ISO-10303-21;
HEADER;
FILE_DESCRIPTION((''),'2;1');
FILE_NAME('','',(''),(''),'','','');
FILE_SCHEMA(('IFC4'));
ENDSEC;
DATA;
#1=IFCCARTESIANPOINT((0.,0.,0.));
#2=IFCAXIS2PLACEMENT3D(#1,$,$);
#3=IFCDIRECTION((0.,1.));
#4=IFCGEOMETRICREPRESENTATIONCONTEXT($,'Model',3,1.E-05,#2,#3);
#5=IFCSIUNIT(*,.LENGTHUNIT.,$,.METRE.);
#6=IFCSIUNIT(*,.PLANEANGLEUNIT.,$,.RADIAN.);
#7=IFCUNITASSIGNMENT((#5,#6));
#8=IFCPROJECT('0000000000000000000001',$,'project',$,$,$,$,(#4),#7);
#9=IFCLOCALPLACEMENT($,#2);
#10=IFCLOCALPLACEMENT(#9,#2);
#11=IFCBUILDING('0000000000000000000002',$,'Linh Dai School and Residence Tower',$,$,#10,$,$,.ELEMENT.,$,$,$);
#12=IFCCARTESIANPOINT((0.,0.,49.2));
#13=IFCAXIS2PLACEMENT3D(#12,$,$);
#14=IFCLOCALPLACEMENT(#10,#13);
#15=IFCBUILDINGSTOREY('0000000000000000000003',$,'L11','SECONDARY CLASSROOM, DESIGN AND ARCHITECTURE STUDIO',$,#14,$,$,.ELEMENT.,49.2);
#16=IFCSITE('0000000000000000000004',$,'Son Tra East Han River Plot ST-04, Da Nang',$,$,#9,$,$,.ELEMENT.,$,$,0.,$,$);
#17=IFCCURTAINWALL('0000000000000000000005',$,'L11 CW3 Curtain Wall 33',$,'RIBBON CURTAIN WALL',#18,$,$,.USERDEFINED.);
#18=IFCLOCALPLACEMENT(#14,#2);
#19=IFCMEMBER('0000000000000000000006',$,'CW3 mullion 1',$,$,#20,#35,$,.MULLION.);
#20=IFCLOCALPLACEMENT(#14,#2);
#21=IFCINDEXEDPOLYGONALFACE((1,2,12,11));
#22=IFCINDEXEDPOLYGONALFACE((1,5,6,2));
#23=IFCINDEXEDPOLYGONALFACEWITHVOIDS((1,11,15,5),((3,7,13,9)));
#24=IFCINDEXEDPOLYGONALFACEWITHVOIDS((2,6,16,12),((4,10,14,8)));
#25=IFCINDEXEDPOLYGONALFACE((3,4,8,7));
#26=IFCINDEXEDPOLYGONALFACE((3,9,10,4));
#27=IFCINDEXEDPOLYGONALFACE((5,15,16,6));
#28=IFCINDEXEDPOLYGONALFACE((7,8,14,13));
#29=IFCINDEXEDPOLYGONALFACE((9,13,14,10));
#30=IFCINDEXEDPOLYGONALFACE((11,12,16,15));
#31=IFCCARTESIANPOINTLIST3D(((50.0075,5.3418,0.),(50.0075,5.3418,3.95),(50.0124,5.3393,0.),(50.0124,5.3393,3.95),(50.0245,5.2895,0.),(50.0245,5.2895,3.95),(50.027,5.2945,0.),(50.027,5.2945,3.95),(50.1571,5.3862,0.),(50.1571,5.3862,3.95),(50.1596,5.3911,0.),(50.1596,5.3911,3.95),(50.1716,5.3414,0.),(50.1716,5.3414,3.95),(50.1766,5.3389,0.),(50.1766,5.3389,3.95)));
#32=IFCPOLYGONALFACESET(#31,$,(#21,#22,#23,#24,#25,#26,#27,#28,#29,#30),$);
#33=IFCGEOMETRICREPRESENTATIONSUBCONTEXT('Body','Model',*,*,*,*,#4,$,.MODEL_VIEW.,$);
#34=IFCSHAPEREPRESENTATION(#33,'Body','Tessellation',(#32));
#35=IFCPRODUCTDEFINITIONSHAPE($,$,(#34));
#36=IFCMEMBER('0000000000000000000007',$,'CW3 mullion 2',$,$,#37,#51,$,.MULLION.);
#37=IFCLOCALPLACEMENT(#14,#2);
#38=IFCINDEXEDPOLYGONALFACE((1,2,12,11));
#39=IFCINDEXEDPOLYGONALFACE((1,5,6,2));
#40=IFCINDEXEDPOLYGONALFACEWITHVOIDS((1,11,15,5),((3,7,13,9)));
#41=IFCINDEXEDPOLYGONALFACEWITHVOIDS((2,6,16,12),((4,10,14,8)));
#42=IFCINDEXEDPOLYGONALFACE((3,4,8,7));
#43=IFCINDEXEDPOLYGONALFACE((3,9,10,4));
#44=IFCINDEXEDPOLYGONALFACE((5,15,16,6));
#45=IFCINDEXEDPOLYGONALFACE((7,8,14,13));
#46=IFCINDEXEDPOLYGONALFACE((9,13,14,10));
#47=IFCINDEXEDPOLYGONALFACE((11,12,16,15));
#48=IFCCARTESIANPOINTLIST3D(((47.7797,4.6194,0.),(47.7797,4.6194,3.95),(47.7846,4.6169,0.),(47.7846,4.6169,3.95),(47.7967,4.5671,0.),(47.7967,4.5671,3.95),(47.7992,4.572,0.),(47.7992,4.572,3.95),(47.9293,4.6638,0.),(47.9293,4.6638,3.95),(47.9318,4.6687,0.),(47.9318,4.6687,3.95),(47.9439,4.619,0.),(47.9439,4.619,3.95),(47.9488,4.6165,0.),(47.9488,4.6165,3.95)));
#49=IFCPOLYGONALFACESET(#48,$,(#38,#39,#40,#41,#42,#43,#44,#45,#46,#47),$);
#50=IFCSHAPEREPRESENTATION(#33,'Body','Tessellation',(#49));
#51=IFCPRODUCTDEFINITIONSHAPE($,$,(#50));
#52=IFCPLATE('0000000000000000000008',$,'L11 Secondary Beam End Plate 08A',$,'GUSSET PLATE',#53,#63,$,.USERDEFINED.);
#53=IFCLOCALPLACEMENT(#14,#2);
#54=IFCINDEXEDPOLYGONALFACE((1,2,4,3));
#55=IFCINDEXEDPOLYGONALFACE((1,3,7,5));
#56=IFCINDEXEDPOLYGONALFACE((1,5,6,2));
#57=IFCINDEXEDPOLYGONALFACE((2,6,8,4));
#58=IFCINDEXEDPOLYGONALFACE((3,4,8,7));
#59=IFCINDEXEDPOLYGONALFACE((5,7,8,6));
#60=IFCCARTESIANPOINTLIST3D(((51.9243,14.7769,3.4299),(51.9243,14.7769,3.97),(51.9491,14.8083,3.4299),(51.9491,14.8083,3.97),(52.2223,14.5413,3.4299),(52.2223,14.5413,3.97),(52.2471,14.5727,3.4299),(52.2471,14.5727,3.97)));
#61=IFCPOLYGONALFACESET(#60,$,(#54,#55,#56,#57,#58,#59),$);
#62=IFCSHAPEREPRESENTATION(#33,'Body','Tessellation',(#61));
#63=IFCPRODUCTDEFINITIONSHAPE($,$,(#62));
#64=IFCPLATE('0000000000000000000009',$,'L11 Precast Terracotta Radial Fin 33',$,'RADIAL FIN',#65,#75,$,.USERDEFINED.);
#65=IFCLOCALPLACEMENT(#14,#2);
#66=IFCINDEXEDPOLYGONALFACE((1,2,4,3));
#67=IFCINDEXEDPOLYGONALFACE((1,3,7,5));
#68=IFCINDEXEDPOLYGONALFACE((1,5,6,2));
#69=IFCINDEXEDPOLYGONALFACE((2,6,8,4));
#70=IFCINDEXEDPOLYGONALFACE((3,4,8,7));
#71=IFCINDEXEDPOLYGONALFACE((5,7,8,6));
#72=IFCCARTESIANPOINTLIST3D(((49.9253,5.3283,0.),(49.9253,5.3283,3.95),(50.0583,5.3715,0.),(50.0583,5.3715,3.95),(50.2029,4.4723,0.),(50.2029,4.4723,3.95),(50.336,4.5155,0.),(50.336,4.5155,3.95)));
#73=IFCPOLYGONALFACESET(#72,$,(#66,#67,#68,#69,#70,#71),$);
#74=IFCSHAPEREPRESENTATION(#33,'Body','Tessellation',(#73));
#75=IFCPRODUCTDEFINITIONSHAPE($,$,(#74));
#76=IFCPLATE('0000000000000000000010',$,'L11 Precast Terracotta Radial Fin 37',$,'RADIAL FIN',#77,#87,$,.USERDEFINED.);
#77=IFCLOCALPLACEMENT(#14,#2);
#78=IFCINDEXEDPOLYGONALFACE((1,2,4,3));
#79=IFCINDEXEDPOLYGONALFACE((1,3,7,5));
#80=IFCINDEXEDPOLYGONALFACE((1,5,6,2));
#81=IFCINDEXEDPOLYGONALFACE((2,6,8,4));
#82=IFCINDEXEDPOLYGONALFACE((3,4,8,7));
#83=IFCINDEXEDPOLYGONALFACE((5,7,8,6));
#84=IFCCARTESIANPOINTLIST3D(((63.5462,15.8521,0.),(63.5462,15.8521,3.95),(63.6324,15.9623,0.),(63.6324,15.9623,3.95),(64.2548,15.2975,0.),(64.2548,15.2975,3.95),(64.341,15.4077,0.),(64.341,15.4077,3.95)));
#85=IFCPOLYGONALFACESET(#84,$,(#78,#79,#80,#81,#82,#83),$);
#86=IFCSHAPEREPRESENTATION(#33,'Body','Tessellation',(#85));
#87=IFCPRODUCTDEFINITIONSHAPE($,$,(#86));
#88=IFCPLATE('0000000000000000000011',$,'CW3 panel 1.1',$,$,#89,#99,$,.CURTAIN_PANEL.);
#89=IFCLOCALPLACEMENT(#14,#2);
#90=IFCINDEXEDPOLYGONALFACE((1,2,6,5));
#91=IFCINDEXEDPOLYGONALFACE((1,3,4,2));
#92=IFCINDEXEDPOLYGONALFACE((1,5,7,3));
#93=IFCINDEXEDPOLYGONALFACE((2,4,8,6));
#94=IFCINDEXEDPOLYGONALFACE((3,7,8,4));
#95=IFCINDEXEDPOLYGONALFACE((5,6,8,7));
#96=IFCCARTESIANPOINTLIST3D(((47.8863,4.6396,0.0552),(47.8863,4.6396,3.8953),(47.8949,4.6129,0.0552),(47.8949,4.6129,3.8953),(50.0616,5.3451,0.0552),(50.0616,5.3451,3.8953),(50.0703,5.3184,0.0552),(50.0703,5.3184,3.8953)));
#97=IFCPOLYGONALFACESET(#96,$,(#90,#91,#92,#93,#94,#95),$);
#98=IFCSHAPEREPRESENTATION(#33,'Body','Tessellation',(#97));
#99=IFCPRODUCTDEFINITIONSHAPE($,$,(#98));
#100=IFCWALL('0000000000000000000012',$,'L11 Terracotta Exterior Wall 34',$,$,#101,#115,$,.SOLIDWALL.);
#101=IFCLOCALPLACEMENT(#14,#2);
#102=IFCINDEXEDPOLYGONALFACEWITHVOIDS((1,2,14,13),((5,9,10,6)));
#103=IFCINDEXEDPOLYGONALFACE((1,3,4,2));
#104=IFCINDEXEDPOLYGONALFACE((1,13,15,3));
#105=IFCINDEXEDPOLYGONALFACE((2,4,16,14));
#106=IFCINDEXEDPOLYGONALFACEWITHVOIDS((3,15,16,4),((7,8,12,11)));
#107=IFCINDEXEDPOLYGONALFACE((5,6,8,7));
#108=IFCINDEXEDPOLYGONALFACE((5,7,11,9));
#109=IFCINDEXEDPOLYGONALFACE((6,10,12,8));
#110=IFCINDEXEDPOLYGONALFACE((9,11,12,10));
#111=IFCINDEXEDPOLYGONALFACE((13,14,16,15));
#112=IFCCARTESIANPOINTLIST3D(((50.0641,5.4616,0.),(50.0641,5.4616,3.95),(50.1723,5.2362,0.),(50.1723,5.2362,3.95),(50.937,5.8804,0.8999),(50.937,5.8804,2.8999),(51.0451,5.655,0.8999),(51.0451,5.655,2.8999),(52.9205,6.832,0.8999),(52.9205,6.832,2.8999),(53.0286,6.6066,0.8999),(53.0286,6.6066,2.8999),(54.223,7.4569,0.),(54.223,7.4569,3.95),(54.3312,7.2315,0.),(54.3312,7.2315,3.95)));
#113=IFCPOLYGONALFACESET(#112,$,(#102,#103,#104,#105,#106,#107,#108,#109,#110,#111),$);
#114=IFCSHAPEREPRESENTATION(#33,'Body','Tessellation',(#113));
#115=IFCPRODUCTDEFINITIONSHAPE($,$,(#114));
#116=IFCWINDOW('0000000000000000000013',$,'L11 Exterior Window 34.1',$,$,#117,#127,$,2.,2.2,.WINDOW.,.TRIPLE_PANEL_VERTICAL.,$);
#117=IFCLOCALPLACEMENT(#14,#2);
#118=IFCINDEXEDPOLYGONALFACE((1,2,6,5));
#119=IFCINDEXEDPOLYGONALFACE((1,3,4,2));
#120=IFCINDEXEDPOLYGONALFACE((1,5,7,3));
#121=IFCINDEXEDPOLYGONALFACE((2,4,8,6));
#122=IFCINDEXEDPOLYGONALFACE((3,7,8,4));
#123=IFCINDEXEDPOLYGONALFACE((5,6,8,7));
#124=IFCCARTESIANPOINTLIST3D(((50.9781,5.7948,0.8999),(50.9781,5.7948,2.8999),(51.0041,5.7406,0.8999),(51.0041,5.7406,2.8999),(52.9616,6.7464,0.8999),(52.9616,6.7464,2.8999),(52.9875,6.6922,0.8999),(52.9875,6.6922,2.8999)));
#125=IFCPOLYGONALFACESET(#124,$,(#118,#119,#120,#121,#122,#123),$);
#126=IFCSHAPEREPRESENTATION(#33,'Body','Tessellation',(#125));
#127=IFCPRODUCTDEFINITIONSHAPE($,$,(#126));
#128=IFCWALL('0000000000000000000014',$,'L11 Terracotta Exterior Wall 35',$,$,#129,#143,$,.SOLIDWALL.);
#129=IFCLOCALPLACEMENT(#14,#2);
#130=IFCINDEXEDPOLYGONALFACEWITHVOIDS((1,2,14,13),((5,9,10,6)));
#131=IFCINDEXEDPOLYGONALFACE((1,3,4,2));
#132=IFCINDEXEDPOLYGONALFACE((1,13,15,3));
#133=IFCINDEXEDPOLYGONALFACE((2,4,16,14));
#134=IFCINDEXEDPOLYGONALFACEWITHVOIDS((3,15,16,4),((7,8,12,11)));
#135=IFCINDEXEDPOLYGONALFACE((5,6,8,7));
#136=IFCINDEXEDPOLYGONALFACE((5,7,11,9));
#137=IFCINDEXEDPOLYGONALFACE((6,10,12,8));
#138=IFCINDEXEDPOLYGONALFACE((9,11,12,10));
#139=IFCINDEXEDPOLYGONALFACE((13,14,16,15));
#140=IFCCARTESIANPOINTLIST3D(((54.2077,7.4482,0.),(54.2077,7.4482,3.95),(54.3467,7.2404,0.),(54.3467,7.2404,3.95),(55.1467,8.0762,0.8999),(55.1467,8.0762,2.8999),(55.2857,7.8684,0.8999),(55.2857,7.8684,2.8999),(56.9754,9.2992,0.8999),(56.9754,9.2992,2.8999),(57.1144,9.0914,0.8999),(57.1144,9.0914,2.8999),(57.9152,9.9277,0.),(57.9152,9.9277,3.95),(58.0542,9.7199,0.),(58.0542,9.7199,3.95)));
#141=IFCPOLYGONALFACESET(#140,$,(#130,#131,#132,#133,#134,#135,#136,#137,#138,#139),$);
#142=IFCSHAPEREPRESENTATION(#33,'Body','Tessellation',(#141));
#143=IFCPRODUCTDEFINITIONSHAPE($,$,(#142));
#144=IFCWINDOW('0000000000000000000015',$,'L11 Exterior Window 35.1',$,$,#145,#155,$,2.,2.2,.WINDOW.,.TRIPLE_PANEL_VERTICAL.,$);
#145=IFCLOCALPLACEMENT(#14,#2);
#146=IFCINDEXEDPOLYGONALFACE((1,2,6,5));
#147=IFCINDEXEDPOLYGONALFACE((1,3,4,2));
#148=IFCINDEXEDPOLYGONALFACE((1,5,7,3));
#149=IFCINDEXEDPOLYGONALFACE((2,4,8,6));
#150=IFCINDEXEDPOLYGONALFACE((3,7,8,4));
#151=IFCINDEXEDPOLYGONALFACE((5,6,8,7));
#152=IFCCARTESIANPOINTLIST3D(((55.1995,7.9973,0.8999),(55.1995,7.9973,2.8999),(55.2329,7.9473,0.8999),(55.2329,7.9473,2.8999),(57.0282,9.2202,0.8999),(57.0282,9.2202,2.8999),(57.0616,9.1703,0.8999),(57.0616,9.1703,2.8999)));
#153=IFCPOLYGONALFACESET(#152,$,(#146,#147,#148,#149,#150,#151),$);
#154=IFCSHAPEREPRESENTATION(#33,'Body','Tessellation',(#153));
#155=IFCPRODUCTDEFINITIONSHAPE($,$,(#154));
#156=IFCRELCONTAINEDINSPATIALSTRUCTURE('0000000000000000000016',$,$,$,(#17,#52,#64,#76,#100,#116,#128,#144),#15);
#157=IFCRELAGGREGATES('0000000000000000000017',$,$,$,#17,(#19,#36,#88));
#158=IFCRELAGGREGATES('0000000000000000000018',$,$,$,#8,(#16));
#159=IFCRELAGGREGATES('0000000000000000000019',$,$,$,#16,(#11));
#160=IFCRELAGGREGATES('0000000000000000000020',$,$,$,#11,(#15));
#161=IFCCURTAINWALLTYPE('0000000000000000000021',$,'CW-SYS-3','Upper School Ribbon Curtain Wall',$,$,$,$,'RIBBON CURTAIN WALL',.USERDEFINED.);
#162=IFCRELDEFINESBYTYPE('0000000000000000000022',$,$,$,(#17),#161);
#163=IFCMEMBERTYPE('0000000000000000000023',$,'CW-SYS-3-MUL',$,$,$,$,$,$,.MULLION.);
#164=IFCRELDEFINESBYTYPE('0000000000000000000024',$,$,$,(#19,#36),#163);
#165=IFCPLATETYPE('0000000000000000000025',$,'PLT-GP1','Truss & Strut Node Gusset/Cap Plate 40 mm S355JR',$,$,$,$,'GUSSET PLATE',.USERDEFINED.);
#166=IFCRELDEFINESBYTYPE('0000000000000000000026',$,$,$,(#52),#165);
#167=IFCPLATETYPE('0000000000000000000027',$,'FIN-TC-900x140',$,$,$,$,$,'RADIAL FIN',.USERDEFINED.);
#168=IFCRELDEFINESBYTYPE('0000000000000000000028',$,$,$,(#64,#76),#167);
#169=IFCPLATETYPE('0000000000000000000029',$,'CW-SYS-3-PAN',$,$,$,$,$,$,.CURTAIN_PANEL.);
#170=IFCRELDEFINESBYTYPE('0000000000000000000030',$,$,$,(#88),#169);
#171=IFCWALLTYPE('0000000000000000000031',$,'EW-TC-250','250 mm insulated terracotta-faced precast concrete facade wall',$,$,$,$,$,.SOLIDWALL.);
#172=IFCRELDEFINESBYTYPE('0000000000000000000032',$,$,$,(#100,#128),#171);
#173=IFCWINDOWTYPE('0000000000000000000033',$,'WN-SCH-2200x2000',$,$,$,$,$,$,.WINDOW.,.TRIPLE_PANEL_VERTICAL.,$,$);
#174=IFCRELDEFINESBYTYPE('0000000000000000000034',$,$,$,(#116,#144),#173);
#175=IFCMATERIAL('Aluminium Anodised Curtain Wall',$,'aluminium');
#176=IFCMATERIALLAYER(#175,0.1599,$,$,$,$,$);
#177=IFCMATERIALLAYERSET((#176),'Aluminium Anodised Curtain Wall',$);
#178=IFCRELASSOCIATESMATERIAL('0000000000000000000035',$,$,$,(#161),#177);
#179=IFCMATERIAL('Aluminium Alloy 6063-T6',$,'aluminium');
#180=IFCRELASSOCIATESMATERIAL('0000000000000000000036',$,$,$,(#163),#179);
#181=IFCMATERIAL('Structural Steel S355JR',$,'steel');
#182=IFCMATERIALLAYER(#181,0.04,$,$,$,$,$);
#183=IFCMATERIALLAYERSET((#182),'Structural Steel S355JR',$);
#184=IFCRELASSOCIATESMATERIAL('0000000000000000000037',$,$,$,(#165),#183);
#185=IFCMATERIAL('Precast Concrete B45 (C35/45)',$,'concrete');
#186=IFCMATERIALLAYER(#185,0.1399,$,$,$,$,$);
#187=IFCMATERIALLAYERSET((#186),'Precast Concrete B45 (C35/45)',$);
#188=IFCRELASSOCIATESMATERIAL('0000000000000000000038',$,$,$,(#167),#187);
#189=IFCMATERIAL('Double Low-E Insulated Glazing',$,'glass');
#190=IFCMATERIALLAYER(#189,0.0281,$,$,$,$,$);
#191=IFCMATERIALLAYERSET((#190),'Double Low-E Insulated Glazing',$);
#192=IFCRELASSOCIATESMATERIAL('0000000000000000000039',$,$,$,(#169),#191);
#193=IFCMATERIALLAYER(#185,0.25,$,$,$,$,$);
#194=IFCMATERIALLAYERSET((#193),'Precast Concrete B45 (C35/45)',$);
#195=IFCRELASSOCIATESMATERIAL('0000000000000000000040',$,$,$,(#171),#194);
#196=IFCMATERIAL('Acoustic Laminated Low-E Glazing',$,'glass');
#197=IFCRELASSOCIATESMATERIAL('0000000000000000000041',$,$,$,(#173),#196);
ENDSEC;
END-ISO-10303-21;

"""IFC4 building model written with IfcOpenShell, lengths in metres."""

from ifc_helpers import new_model, si_unit, direction, frame, frame_2d, origin, origin_2d, place, context, subcontext, project, spatial, rectangle, hollow_rectangle, extrude, source, transform, mapped, material, layer, layer_set, material_profile, profile_set, type_object, element, fill, aggregate, save


model = new_model("IFC4")

# Units and contexts
model_context = context("Model", 3, precision=1e-05, world=origin(), true_north=direction((0.0, 1.0)))
body_context = subcontext(model_context, "Body", "Model", "MODEL_VIEW")
ifc_project = project(units=[si_unit("LENGTHUNIT", "METRE"), si_unit("PLANEANGLEUNIT", "RADIAN")], contexts=[model_context])

# Site, building, storey
site_placement = place(None, origin())
site = spatial("IfcSite", under=ifc_project, at=site_placement, Name="Son Tra East Han River Plot ST-04, Da Nang", CompositionType="ELEMENT", RefElevation=0.0)
building_placement = place(site_placement, origin())
building = spatial("IfcBuilding", under=site, at=building_placement, Name="Linh Dai School and Residence Tower", CompositionType="ELEMENT")
storey_placement = place(building_placement, frame((0.0, 0.0, 49.2)))
storey = spatial("IfcBuildingStorey", under=building, at=storey_placement, Name="L11", Description="SECONDARY CLASSROOM, DESIGN AND ARCHITECTURE STUDIO", CompositionType="ELEMENT", Elevation=49.2)

# Shared definitions
ifc_material_1 = material(Name="Structural Steel S355JR", Category="steel")

# Curtain wall, members
ifc_material_2 = material(Name="Aluminium Anodised Curtain Wall", Category="aluminium")
ifc_layer_1 = layer(ifc_material_2, 0.1599)
ifc_layer_set_1 = layer_set([ifc_layer_1], Name="Aluminium Anodised Curtain Wall")
curtain_wall_type = type_object("IfcCurtainWallType", Name="CW-SYS-3", Description="Upper School Ribbon Curtain Wall", ElementType="RIBBON CURTAIN WALL", PredefinedType="USERDEFINED", material=ifc_layer_set_1)
curtain_wall_placement = place(storey_placement, origin())
curtain_wall = element("IfcCurtainWall", 1, at=curtain_wall_placement, inside=storey, type_object=curtain_wall_type, Name="L11 CW3 Curtain Wall 33", ObjectType="RIBBON CURTAIN WALL", PredefinedType="USERDEFINED")
ifc_material_3 = material(Name="Aluminium Alloy 6063-T6", Category="aluminium")
ifc_material_profile_1 = material_profile(ifc_material_3, hollow_rectangle(XDim=0.0549, YDim=0.1599, WallThickness=0.0039, at=origin_2d()), Name="RHS 160x55x4")
ifc_profile_set_1 = profile_set([ifc_material_profile_1], Name="Aluminium Alloy 6063-T6")
member_type_1 = type_object("IfcMemberType", Name="CW-SYS-3-MUL", PredefinedType="MULLION", material=ifc_profile_set_1)
shared_shape_1 = source(origin(), body_context, "Body", "SweptSolid", [
    extrude(hollow_rectangle(XDim=0.0549, YDim=0.1599, WallThickness=0.0039, at=origin_2d()), origin(), (0.0, 0.0, 1.0), 3.95),
])
member_1_placement = place(storey_placement, frame((50.092, 5.3403, 0.0), z_axis=(0.0, 0.0, 1.0), x_axis=(0.308511, -0.951221, 0.0)))
member_1 = element("IfcMember", 2, at=member_1_placement, type_object=member_type_1, Name="CW3 mullion 1", PredefinedType="MULLION", context=body_context, shape_type="MappedRepresentation", body=[
    mapped(shared_shape_1, transform((0.0, 0.0, 0.0), x_axis=(1.0, 0.0, 0.0), y_axis=(0.0, 1.0, 0.0), z_axis=(0.0, 0.0, 1.0), scale=1.0)),
])
member_2_placement = place(storey_placement, frame((47.8643, 4.6179, 0.0), z_axis=(0.0, 0.0, 1.0), x_axis=(0.308511, -0.951221, 0.0)))
member_2 = element("IfcMember", 3, at=member_2_placement, type_object=member_type_1, Name="CW3 mullion 2", PredefinedType="MULLION", context=body_context, shape_type="MappedRepresentation", body=[
    mapped(shared_shape_1, transform((0.0, 0.0, 0.0), x_axis=(1.0, 0.0, 0.0), y_axis=(0.0, 1.0, 0.0), z_axis=(0.0, 0.0, 1.0), scale=1.0)),
])

# Plates
ifc_layer_2 = layer(ifc_material_1, 0.04)
ifc_layer_set_2 = layer_set([ifc_layer_2], Name="Structural Steel S355JR")
plate_type_1 = type_object("IfcPlateType", Name="PLT-GP1", Description="Truss & Strut Node Gusset/Cap Plate 40 mm S355JR", ElementType="GUSSET PLATE", PredefinedType="USERDEFINED", material=ifc_layer_set_2)
shared_shape_2 = source(origin(), body_context, "Body", "SweptSolid", [
    extrude(rectangle(XDim=0.04, YDim=0.3799, at=origin_2d()), origin(), (0.0, 0.0, 1.0), 0.54),
])
plate_1_placement = place(storey_placement, frame((52.0857, 14.6748, 3.4299), z_axis=(0.0, 0.0, 1.0), x_axis=(0.620178, 0.784461, 0.0)))
element("IfcPlate", 4, at=plate_1_placement, inside=storey, type_object=plate_type_1, Name="L11 Secondary Beam End Plate 08A", ObjectType="GUSSET PLATE", PredefinedType="USERDEFINED", context=body_context, shape_type="MappedRepresentation", body=[
    mapped(shared_shape_2, transform((0.0, 0.0, 0.0), x_axis=(1.0, 0.0, 0.0), y_axis=(0.0, 1.0, 0.0), z_axis=(0.0, 0.0, 1.0), scale=1.0)),
])
ifc_material_4 = material(Name="Precast Concrete B45 (C35/45)", Category="concrete")
ifc_layer_3 = layer(ifc_material_4, 0.1399)
ifc_layer_set_3 = layer_set([ifc_layer_3], Name="Precast Concrete B45 (C35/45)")
plate_type_2 = type_object("IfcPlateType", Name="FIN-TC-900x140", ElementType="RADIAL FIN", PredefinedType="USERDEFINED", material=ifc_layer_set_3)
shared_shape_3 = source(origin(), body_context, "Body", "SweptSolid", [
    extrude(rectangle(XDim=0.8999, YDim=0.1399, at=origin_2d()), origin(), (0.0, 0.0, 1.0), 3.95),
])
for number, where, z_axis, x_axis, name in (
    (5, (50.1306, 4.9219, 0.0), (0.0, 0.0, 1.0), (0.308511, -0.951221, 0.0), "L11 Precast Terracotta Radial Fin 33"),
    (6, (63.9436, 15.6299, 0.0), (0.0, 0.0, 1.0), (0.787496, -0.616319, 0.0), "L11 Precast Terracotta Radial Fin 37"),
):
    element("IfcPlate", number, at=place(storey_placement, frame(where, z_axis=z_axis, x_axis=x_axis)), inside=storey, type_object=plate_type_2, Name=name, ObjectType="RADIAL FIN", PredefinedType="USERDEFINED", context=body_context, shape_type="MappedRepresentation", body=[
        mapped(shared_shape_3, transform((0.0, 0.0, 0.0), x_axis=(1.0, 0.0, 0.0), y_axis=(0.0, 1.0, 0.0), z_axis=(0.0, 0.0, 1.0), scale=1.0)),
    ])

# Plate
ifc_material_5 = material(Name="Double Low-E Insulated Glazing", Category="glass")
ifc_layer_4 = layer(ifc_material_5, 0.0281)
ifc_layer_set_4 = layer_set([ifc_layer_4], Name="Double Low-E Insulated Glazing")
plate_type_3 = type_object("IfcPlateType", Name="CW-SYS-3-PAN", PredefinedType="CURTAIN_PANEL", material=ifc_layer_set_4)
shared_shape_4 = source(origin(), body_context, "Body", "SweptSolid", [
    extrude(rectangle(XDim=2.2869, YDim=0.0281, at=origin_2d()), origin(), (0.0, 0.0, 1.0), 3.8401),
])
plate_2_placement = place(storey_placement, frame((48.9783, 4.979, 0.0552), z_axis=(0.0, 0.0, 1.0), x_axis=(-0.951221, -0.308511, 0.0)))
plate_2 = element("IfcPlate", 7, at=plate_2_placement, type_object=plate_type_3, Name="CW3 panel 1.1", PredefinedType="CURTAIN_PANEL", context=body_context, shape_type="MappedRepresentation", body=[
    mapped(shared_shape_4, transform((0.0, 0.0, 0.0), x_axis=(1.0, 0.0, 0.0), y_axis=(0.0, 1.0, 0.0), z_axis=(0.0, 0.0, 1.0), scale=1.0)),
])
aggregate(curtain_wall, [member_1, member_2, plate_2])

# Walls, openings, windows
ifc_layer_5 = layer(ifc_material_4, 0.25)
ifc_layer_set_5 = layer_set([ifc_layer_5], Name="Precast Concrete B45 (C35/45)")
wall_type_1 = type_object("IfcWallType", Name="EW-TC-250", Description="250 mm insulated terracotta-faced precast concrete facade wall", PredefinedType="SOLIDWALL", material=ifc_layer_set_5)
wall_1_placement = place(storey_placement, frame((54.2771, 7.3442, 0.0), z_axis=(0.0, 0.0, 1.0), x_axis=(-0.901602, -0.432568, 0.0)))
wall_1 = element("IfcWall", 8, at=wall_1_placement, inside=storey, type_object=wall_type_1, Name="L11 Terracotta Exterior Wall 34", PredefinedType="SOLIDWALL", context=body_context, shape_type="SweptSolid", body=[
    extrude(rectangle(XDim=4.6128, YDim=0.25, at=frame_2d((2.3064, 0.0))), origin(), (0.0, 0.0, 1.0), 3.95),
])
opening_1_placement = place(wall_1_placement, frame((1.4446, 0.0, 0.8999)))
opening_1 = element("IfcOpeningElement", 9, at=opening_1_placement, cuts=wall_1, PredefinedType="OPENING", context=body_context, shape_type="SweptSolid", body=[
    extrude(rectangle(XDim=2.2, YDim=2.0, at=origin_2d()), frame((1.1001, 0.135, 1.0), z_axis=(0.0, -1.0, 0.0), x_axis=(1.0, 0.0, 0.0)), (0.0, 0.0, 1.0), 0.27),
])
ifc_material_6 = material(Name="Acoustic Laminated Low-E Glazing", Category="glass")
window_type_1 = type_object("IfcWindowType", Name="WN-SCH-2200x2000", PartitioningType="TRIPLE_PANEL_VERTICAL", PredefinedType="WINDOW", material=ifc_material_6)
shared_shape_5 = source(origin(), body_context, "Body", "SweptSolid", [
    extrude(rectangle(XDim=2.2, YDim=2.0, at=origin_2d()), frame((1.1001, 0.03, 1.0), z_axis=(0.0, -1.0, 0.0), x_axis=(1.0, 0.0, 0.0)), (0.0, 0.0, 1.0), 0.0601),
])
window_1_placement = place(opening_1_placement, origin())
window_1 = element("IfcWindow", 10, at=window_1_placement, inside=storey, type_object=window_type_1, Name="L11 Exterior Window 34.1", OverallHeight=2.0, OverallWidth=2.2, PartitioningType="TRIPLE_PANEL_VERTICAL", PredefinedType="WINDOW", context=body_context, shape_type="MappedRepresentation", body=[
    mapped(shared_shape_5, transform((0.0, 0.0, 0.0), x_axis=(1.0, 0.0, 0.0), y_axis=(0.0, 1.0, 0.0), z_axis=(0.0, 0.0, 1.0), scale=1.0)),
])
fill(opening_1, window_1)
wall_2_placement = place(storey_placement, frame((57.9846, 9.8237, 0.0), z_axis=(0.0, 0.0, 1.0), x_axis=(-0.831241, -0.555912, 0.0)))
wall_2 = element("IfcWall", 11, at=wall_2_placement, inside=storey, type_object=wall_type_1, Name="L11 Terracotta Exterior Wall 35", PredefinedType="SOLIDWALL", context=body_context, shape_type="SweptSolid", body=[
    extrude(rectangle(XDim=4.4602, YDim=0.25, at=frame_2d((2.23, 0.0))), origin(), (0.0, 0.0, 1.0), 3.95),
])
opening_2_placement = place(wall_2_placement, frame((1.1304, 0.0, 0.8999)))
opening_2 = element("IfcOpeningElement", 12, at=opening_2_placement, cuts=wall_2, PredefinedType="OPENING", context=body_context, shape_type="SweptSolid", body=[
    extrude(rectangle(XDim=2.2, YDim=2.0, at=origin_2d()), frame((1.1001, 0.135, 1.0), z_axis=(0.0, -1.0, 0.0), x_axis=(1.0, 0.0, 0.0)), (0.0, 0.0, 1.0), 0.27),
])
window_2_placement = place(opening_2_placement, origin())
window_2 = element("IfcWindow", 13, at=window_2_placement, inside=storey, type_object=window_type_1, Name="L11 Exterior Window 35.1", OverallHeight=2.0, OverallWidth=2.2, PartitioningType="TRIPLE_PANEL_VERTICAL", PredefinedType="WINDOW", context=body_context, shape_type="MappedRepresentation", body=[
    mapped(shared_shape_5, transform((0.0, 0.0, 0.0), x_axis=(1.0, 0.0, 0.0), y_axis=(0.0, 1.0, 0.0), z_axis=(0.0, 0.0, 1.0), scale=1.0)),
])
fill(opening_2, window_2)

save(model, "model.ifc")
